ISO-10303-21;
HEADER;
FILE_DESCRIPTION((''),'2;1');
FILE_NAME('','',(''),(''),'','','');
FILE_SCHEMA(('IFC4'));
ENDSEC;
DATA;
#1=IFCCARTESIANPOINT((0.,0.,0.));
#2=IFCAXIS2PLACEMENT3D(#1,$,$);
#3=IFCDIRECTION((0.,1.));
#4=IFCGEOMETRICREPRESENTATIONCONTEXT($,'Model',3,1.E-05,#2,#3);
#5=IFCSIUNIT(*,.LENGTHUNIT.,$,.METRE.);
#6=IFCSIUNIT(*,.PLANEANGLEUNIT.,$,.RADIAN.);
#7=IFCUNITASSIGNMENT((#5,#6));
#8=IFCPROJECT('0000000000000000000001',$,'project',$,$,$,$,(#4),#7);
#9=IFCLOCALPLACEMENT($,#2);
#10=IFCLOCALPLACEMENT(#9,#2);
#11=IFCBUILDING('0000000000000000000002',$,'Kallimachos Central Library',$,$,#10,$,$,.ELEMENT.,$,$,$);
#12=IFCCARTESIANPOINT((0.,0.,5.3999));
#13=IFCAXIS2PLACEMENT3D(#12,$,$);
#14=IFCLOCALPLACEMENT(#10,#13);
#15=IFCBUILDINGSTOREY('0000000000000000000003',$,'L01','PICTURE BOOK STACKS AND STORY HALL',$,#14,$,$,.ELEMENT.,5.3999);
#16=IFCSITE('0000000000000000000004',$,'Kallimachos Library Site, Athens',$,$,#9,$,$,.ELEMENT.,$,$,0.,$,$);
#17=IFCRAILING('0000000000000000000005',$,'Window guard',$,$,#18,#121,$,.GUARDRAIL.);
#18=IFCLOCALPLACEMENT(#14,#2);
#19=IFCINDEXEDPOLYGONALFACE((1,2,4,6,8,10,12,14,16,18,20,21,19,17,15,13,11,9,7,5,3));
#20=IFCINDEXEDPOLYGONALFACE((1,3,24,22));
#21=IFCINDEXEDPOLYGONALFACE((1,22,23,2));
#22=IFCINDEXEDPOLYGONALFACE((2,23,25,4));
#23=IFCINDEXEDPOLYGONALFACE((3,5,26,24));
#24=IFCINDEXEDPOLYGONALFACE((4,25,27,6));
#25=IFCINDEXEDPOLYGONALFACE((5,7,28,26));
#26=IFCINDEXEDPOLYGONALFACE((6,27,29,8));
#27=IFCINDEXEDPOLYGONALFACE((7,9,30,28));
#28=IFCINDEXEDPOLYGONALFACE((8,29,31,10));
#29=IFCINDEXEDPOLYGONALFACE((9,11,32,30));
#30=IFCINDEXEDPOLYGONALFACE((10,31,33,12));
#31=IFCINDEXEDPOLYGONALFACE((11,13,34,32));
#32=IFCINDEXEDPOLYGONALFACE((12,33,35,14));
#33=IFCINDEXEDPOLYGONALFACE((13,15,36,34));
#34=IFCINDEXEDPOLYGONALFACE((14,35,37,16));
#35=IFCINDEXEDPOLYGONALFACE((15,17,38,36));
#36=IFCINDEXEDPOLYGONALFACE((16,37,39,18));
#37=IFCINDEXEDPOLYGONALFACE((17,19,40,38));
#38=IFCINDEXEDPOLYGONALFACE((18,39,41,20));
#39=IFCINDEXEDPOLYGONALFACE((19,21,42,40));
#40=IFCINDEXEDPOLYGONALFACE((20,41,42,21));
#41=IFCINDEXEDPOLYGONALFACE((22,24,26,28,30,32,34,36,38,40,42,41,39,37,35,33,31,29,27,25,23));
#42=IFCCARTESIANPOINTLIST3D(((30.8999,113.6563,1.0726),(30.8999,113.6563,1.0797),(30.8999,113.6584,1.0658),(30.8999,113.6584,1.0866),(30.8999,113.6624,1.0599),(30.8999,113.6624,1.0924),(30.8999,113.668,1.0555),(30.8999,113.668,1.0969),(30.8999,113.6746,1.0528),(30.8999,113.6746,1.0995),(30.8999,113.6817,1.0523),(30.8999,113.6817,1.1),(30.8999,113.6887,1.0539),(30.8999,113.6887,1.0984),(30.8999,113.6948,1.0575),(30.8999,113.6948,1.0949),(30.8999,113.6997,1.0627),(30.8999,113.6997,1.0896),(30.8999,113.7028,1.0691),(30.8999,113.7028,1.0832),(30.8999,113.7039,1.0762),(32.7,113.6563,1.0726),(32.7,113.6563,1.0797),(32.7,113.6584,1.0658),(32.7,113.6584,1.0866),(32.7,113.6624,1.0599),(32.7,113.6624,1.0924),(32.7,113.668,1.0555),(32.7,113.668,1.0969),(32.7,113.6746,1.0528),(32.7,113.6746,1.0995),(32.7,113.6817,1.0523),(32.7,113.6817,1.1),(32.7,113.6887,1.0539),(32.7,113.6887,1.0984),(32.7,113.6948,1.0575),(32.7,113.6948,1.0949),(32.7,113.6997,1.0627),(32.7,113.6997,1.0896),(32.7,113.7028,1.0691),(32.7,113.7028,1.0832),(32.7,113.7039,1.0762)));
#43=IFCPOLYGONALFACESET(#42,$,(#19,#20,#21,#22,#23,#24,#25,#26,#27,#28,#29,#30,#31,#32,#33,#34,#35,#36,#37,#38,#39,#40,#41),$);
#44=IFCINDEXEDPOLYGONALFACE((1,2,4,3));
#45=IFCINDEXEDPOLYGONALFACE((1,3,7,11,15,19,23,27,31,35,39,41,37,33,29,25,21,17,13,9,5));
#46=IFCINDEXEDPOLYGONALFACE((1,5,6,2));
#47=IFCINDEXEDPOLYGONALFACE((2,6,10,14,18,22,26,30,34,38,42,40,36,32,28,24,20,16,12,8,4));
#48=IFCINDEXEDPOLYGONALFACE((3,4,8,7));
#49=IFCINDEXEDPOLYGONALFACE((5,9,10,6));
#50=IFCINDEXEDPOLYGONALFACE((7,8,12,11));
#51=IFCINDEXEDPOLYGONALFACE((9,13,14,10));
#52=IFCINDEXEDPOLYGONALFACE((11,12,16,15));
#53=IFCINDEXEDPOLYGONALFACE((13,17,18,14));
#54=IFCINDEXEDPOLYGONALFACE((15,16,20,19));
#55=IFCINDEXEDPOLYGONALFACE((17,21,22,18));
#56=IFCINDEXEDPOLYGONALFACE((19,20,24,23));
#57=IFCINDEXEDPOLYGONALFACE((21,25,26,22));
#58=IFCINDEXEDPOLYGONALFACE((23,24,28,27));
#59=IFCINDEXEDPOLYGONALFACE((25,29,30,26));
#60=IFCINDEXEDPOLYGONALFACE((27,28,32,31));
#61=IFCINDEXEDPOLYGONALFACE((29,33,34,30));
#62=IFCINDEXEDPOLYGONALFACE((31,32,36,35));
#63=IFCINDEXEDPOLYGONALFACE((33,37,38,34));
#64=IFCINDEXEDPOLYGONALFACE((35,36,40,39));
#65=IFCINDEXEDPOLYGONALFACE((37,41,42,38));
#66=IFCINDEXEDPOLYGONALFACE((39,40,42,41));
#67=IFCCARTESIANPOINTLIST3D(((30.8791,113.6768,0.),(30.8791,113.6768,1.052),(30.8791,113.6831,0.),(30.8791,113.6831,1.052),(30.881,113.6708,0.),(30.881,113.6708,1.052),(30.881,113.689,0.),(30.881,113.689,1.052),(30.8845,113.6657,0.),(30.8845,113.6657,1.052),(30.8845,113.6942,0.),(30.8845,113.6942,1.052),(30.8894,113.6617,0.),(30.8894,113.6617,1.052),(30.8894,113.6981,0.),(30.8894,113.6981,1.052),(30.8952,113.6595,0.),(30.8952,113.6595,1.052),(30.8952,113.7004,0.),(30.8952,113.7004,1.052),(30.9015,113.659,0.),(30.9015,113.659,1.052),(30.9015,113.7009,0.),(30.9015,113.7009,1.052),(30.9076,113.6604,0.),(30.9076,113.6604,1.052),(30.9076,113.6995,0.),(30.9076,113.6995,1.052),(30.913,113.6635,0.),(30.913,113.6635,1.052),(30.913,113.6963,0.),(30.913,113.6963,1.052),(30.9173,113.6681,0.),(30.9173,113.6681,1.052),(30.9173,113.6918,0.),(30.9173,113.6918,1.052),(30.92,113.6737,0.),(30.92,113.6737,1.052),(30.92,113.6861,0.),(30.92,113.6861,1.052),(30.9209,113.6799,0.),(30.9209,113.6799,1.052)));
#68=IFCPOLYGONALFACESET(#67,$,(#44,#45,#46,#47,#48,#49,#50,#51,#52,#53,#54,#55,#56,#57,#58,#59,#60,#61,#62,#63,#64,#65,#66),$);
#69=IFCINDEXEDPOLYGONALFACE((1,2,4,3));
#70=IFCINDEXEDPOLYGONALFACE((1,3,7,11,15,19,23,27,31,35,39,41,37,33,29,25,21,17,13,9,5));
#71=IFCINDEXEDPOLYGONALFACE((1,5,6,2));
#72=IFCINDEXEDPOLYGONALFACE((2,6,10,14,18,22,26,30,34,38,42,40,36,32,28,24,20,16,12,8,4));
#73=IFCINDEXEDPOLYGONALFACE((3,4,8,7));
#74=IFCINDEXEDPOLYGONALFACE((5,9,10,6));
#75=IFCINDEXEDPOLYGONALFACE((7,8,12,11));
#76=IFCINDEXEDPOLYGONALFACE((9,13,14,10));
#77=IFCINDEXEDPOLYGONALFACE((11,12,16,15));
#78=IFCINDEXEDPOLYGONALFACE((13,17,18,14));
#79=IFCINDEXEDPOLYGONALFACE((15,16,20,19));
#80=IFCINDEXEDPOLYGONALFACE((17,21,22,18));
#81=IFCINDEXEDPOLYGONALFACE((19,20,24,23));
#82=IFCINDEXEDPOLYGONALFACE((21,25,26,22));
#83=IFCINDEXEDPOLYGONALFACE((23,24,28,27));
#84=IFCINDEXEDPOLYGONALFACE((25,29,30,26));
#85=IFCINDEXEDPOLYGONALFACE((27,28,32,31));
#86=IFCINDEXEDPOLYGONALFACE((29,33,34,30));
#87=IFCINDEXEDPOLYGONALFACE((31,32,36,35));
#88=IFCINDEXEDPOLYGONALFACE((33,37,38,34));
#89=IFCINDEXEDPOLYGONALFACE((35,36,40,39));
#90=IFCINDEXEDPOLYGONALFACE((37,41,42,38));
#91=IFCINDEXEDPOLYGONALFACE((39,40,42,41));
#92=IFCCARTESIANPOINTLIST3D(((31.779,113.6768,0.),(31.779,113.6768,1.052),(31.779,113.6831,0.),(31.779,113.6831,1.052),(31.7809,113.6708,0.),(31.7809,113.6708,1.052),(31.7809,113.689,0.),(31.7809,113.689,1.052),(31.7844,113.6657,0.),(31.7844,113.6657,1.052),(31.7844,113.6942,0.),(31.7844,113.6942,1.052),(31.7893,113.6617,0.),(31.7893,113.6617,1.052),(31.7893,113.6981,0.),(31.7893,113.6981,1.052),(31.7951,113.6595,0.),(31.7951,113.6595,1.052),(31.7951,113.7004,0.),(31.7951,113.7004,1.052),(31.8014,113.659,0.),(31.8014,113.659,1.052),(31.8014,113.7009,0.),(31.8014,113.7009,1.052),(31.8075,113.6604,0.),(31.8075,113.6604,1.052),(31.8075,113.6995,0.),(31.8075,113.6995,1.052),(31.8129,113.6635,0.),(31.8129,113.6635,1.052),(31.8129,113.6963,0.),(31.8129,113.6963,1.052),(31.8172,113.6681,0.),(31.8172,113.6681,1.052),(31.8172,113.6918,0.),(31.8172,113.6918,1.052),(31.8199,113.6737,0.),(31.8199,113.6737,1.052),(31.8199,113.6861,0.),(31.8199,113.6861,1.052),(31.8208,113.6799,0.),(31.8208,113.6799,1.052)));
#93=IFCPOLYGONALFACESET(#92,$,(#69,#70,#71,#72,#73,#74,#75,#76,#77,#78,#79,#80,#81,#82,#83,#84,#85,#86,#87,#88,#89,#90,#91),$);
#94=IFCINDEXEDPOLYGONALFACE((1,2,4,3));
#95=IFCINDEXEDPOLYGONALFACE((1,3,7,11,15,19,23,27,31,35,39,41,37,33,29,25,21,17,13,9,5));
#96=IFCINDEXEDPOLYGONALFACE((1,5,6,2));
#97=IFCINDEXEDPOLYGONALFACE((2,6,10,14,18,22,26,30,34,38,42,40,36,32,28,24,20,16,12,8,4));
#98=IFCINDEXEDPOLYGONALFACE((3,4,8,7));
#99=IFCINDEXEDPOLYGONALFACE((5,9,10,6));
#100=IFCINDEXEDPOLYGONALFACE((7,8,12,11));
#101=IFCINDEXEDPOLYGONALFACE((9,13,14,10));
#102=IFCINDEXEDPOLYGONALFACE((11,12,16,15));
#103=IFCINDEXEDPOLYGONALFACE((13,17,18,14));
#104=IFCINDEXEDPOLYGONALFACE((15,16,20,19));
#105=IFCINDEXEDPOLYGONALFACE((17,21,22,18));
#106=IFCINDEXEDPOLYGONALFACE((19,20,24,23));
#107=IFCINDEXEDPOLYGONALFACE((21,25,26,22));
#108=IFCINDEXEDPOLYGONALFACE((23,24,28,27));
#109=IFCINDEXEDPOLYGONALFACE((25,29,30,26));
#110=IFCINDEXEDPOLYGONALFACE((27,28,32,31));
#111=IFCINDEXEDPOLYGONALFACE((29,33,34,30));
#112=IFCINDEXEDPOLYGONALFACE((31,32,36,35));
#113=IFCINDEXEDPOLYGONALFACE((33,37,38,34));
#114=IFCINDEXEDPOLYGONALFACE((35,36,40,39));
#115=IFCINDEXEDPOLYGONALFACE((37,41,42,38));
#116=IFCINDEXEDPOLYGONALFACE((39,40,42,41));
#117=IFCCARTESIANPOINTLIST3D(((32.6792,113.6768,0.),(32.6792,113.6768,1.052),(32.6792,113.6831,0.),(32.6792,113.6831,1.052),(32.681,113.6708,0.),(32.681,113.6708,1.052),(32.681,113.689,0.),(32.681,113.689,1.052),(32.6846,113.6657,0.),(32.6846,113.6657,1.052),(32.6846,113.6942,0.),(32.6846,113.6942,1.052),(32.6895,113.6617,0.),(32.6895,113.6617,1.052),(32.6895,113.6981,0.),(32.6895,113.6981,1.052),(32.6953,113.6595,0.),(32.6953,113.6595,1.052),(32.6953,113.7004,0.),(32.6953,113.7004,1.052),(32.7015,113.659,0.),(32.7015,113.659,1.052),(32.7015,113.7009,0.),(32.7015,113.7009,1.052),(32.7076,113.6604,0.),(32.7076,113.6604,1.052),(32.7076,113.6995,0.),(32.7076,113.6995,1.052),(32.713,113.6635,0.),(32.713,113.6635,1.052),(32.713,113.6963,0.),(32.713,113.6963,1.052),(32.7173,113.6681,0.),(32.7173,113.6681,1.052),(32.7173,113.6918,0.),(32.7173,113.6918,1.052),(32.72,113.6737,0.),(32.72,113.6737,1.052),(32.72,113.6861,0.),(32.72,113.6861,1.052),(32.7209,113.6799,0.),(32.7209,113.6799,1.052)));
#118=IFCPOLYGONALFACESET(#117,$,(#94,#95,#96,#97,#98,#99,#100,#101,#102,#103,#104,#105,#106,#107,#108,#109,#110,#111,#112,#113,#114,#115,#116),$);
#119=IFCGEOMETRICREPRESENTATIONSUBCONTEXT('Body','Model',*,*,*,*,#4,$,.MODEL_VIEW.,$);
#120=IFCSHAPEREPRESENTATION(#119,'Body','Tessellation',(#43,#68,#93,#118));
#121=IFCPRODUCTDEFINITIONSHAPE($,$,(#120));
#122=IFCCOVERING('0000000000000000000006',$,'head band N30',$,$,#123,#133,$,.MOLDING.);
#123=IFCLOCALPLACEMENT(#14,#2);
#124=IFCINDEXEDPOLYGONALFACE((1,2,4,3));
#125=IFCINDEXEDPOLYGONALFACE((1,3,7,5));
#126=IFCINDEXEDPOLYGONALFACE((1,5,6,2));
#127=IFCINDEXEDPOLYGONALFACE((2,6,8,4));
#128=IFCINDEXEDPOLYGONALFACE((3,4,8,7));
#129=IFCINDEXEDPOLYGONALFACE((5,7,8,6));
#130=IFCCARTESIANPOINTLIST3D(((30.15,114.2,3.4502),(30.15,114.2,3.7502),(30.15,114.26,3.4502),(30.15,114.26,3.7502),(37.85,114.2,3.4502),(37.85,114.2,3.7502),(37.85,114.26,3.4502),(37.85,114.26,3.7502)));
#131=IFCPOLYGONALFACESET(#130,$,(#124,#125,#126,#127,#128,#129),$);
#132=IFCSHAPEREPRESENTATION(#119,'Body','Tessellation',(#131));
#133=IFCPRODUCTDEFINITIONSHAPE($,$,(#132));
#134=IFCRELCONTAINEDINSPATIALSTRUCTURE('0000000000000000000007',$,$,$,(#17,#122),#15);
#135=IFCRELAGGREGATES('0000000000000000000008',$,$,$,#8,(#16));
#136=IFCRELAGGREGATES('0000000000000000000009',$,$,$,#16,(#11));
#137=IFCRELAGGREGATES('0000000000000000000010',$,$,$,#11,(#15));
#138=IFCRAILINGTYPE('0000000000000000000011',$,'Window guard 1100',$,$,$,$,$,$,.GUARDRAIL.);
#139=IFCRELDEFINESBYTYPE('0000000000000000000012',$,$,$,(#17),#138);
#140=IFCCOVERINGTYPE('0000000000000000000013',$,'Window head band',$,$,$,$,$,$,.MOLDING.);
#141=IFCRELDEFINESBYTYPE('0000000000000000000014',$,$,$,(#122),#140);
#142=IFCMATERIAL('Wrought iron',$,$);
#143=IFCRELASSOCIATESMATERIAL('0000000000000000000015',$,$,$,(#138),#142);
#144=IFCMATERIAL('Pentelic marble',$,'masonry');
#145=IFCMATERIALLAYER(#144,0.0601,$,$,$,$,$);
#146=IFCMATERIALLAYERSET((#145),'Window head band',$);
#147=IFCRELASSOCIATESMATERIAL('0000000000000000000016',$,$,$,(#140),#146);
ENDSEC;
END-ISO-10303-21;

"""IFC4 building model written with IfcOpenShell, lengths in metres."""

from ifc_helpers import new_model, si_unit, direction, frame, origin, origin_2d, place, context, subcontext, project, spatial, rectangle, circle, extrude, material, layer, layer_set, type_object, element, save


model = new_model("IFC4")

# Units and contexts
model_context = context("Model", 3, precision=1e-05, world=origin(), true_north=direction((0.0, 1.0)))
body_context = subcontext(model_context, "Body", "Model", "MODEL_VIEW")
ifc_project = project(units=[si_unit("LENGTHUNIT", "METRE"), si_unit("PLANEANGLEUNIT", "RADIAN")], contexts=[model_context])

# Site, building, storey
site_placement = place(None, origin())
site = spatial("IfcSite", under=ifc_project, at=site_placement, Name="Kallimachos Library Site, Athens", CompositionType="ELEMENT", RefElevation=0.0)
building_placement = place(site_placement, origin())
building = spatial("IfcBuilding", under=site, at=building_placement, Name="Kallimachos Central Library", CompositionType="ELEMENT")
storey_placement = place(building_placement, frame((0.0, 0.0, 5.3999)))
storey = spatial("IfcBuildingStorey", under=building, at=storey_placement, Name="L01", Description="PICTURE BOOK STACKS AND STORY HALL", CompositionType="ELEMENT", Elevation=5.3999)

# Railing
ifc_material_1 = material(Name="Wrought iron")
railing_type_1 = type_object("IfcRailingType", Name="Window guard 1100", PredefinedType="GUARDRAIL", material=ifc_material_1)
railing_1_placement = place(storey_placement, frame((30.8999, 113.6799, 0.0)))
element("IfcRailing", 1, at=railing_1_placement, inside=storey, type_object=railing_type_1, Name="Window guard", PredefinedType="GUARDRAIL", context=body_context, shape_type="SweptSolid", body=[
    extrude(circle(Radius=0.0239, at=origin_2d()), frame((0.0, 0.0, 1.0762), z_axis=(1.0, 0.0, 0.0), x_axis=(0.0, 1.0, 0.0)), (0.0, 0.0, 1.0), 1.8),
    extrude(circle(Radius=0.021, at=origin_2d()), origin(), (0.0, 0.0, 1.0), 1.052),
    extrude(circle(Radius=0.021, at=origin_2d()), frame((0.8999, 0.0, 0.0)), (0.0, 0.0, 1.0), 1.052),
    extrude(circle(Radius=0.021, at=origin_2d()), frame((1.8, 0.0, 0.0)), (0.0, 0.0, 1.0), 1.052),
])

# Covering
ifc_material_2 = material(Name="Pentelic marble", Category="masonry")
ifc_layer_1 = layer(ifc_material_2, 0.0601)
ifc_layer_set_1 = layer_set([ifc_layer_1], Name="Window head band")
covering_type_1 = type_object("IfcCoveringType", Name="Window head band", PredefinedType="MOLDING", material=ifc_layer_set_1)
covering_1_placement = place(storey_placement, frame((34.0, 114.23, 3.4502), z_axis=(0.0, 0.0, 1.0), x_axis=(1.0, 0.0, 0.0)))
element("IfcCovering", 2, at=covering_1_placement, inside=storey, type_object=covering_type_1, Name="head band N30", PredefinedType="MOLDING", context=body_context, shape_type="SweptSolid", body=[
    extrude(rectangle(XDim=7.7, YDim=0.0601, at=origin_2d()), origin(), (0.0, 0.0, 1.0), 0.3),
])

save(model, "model.ifc")
